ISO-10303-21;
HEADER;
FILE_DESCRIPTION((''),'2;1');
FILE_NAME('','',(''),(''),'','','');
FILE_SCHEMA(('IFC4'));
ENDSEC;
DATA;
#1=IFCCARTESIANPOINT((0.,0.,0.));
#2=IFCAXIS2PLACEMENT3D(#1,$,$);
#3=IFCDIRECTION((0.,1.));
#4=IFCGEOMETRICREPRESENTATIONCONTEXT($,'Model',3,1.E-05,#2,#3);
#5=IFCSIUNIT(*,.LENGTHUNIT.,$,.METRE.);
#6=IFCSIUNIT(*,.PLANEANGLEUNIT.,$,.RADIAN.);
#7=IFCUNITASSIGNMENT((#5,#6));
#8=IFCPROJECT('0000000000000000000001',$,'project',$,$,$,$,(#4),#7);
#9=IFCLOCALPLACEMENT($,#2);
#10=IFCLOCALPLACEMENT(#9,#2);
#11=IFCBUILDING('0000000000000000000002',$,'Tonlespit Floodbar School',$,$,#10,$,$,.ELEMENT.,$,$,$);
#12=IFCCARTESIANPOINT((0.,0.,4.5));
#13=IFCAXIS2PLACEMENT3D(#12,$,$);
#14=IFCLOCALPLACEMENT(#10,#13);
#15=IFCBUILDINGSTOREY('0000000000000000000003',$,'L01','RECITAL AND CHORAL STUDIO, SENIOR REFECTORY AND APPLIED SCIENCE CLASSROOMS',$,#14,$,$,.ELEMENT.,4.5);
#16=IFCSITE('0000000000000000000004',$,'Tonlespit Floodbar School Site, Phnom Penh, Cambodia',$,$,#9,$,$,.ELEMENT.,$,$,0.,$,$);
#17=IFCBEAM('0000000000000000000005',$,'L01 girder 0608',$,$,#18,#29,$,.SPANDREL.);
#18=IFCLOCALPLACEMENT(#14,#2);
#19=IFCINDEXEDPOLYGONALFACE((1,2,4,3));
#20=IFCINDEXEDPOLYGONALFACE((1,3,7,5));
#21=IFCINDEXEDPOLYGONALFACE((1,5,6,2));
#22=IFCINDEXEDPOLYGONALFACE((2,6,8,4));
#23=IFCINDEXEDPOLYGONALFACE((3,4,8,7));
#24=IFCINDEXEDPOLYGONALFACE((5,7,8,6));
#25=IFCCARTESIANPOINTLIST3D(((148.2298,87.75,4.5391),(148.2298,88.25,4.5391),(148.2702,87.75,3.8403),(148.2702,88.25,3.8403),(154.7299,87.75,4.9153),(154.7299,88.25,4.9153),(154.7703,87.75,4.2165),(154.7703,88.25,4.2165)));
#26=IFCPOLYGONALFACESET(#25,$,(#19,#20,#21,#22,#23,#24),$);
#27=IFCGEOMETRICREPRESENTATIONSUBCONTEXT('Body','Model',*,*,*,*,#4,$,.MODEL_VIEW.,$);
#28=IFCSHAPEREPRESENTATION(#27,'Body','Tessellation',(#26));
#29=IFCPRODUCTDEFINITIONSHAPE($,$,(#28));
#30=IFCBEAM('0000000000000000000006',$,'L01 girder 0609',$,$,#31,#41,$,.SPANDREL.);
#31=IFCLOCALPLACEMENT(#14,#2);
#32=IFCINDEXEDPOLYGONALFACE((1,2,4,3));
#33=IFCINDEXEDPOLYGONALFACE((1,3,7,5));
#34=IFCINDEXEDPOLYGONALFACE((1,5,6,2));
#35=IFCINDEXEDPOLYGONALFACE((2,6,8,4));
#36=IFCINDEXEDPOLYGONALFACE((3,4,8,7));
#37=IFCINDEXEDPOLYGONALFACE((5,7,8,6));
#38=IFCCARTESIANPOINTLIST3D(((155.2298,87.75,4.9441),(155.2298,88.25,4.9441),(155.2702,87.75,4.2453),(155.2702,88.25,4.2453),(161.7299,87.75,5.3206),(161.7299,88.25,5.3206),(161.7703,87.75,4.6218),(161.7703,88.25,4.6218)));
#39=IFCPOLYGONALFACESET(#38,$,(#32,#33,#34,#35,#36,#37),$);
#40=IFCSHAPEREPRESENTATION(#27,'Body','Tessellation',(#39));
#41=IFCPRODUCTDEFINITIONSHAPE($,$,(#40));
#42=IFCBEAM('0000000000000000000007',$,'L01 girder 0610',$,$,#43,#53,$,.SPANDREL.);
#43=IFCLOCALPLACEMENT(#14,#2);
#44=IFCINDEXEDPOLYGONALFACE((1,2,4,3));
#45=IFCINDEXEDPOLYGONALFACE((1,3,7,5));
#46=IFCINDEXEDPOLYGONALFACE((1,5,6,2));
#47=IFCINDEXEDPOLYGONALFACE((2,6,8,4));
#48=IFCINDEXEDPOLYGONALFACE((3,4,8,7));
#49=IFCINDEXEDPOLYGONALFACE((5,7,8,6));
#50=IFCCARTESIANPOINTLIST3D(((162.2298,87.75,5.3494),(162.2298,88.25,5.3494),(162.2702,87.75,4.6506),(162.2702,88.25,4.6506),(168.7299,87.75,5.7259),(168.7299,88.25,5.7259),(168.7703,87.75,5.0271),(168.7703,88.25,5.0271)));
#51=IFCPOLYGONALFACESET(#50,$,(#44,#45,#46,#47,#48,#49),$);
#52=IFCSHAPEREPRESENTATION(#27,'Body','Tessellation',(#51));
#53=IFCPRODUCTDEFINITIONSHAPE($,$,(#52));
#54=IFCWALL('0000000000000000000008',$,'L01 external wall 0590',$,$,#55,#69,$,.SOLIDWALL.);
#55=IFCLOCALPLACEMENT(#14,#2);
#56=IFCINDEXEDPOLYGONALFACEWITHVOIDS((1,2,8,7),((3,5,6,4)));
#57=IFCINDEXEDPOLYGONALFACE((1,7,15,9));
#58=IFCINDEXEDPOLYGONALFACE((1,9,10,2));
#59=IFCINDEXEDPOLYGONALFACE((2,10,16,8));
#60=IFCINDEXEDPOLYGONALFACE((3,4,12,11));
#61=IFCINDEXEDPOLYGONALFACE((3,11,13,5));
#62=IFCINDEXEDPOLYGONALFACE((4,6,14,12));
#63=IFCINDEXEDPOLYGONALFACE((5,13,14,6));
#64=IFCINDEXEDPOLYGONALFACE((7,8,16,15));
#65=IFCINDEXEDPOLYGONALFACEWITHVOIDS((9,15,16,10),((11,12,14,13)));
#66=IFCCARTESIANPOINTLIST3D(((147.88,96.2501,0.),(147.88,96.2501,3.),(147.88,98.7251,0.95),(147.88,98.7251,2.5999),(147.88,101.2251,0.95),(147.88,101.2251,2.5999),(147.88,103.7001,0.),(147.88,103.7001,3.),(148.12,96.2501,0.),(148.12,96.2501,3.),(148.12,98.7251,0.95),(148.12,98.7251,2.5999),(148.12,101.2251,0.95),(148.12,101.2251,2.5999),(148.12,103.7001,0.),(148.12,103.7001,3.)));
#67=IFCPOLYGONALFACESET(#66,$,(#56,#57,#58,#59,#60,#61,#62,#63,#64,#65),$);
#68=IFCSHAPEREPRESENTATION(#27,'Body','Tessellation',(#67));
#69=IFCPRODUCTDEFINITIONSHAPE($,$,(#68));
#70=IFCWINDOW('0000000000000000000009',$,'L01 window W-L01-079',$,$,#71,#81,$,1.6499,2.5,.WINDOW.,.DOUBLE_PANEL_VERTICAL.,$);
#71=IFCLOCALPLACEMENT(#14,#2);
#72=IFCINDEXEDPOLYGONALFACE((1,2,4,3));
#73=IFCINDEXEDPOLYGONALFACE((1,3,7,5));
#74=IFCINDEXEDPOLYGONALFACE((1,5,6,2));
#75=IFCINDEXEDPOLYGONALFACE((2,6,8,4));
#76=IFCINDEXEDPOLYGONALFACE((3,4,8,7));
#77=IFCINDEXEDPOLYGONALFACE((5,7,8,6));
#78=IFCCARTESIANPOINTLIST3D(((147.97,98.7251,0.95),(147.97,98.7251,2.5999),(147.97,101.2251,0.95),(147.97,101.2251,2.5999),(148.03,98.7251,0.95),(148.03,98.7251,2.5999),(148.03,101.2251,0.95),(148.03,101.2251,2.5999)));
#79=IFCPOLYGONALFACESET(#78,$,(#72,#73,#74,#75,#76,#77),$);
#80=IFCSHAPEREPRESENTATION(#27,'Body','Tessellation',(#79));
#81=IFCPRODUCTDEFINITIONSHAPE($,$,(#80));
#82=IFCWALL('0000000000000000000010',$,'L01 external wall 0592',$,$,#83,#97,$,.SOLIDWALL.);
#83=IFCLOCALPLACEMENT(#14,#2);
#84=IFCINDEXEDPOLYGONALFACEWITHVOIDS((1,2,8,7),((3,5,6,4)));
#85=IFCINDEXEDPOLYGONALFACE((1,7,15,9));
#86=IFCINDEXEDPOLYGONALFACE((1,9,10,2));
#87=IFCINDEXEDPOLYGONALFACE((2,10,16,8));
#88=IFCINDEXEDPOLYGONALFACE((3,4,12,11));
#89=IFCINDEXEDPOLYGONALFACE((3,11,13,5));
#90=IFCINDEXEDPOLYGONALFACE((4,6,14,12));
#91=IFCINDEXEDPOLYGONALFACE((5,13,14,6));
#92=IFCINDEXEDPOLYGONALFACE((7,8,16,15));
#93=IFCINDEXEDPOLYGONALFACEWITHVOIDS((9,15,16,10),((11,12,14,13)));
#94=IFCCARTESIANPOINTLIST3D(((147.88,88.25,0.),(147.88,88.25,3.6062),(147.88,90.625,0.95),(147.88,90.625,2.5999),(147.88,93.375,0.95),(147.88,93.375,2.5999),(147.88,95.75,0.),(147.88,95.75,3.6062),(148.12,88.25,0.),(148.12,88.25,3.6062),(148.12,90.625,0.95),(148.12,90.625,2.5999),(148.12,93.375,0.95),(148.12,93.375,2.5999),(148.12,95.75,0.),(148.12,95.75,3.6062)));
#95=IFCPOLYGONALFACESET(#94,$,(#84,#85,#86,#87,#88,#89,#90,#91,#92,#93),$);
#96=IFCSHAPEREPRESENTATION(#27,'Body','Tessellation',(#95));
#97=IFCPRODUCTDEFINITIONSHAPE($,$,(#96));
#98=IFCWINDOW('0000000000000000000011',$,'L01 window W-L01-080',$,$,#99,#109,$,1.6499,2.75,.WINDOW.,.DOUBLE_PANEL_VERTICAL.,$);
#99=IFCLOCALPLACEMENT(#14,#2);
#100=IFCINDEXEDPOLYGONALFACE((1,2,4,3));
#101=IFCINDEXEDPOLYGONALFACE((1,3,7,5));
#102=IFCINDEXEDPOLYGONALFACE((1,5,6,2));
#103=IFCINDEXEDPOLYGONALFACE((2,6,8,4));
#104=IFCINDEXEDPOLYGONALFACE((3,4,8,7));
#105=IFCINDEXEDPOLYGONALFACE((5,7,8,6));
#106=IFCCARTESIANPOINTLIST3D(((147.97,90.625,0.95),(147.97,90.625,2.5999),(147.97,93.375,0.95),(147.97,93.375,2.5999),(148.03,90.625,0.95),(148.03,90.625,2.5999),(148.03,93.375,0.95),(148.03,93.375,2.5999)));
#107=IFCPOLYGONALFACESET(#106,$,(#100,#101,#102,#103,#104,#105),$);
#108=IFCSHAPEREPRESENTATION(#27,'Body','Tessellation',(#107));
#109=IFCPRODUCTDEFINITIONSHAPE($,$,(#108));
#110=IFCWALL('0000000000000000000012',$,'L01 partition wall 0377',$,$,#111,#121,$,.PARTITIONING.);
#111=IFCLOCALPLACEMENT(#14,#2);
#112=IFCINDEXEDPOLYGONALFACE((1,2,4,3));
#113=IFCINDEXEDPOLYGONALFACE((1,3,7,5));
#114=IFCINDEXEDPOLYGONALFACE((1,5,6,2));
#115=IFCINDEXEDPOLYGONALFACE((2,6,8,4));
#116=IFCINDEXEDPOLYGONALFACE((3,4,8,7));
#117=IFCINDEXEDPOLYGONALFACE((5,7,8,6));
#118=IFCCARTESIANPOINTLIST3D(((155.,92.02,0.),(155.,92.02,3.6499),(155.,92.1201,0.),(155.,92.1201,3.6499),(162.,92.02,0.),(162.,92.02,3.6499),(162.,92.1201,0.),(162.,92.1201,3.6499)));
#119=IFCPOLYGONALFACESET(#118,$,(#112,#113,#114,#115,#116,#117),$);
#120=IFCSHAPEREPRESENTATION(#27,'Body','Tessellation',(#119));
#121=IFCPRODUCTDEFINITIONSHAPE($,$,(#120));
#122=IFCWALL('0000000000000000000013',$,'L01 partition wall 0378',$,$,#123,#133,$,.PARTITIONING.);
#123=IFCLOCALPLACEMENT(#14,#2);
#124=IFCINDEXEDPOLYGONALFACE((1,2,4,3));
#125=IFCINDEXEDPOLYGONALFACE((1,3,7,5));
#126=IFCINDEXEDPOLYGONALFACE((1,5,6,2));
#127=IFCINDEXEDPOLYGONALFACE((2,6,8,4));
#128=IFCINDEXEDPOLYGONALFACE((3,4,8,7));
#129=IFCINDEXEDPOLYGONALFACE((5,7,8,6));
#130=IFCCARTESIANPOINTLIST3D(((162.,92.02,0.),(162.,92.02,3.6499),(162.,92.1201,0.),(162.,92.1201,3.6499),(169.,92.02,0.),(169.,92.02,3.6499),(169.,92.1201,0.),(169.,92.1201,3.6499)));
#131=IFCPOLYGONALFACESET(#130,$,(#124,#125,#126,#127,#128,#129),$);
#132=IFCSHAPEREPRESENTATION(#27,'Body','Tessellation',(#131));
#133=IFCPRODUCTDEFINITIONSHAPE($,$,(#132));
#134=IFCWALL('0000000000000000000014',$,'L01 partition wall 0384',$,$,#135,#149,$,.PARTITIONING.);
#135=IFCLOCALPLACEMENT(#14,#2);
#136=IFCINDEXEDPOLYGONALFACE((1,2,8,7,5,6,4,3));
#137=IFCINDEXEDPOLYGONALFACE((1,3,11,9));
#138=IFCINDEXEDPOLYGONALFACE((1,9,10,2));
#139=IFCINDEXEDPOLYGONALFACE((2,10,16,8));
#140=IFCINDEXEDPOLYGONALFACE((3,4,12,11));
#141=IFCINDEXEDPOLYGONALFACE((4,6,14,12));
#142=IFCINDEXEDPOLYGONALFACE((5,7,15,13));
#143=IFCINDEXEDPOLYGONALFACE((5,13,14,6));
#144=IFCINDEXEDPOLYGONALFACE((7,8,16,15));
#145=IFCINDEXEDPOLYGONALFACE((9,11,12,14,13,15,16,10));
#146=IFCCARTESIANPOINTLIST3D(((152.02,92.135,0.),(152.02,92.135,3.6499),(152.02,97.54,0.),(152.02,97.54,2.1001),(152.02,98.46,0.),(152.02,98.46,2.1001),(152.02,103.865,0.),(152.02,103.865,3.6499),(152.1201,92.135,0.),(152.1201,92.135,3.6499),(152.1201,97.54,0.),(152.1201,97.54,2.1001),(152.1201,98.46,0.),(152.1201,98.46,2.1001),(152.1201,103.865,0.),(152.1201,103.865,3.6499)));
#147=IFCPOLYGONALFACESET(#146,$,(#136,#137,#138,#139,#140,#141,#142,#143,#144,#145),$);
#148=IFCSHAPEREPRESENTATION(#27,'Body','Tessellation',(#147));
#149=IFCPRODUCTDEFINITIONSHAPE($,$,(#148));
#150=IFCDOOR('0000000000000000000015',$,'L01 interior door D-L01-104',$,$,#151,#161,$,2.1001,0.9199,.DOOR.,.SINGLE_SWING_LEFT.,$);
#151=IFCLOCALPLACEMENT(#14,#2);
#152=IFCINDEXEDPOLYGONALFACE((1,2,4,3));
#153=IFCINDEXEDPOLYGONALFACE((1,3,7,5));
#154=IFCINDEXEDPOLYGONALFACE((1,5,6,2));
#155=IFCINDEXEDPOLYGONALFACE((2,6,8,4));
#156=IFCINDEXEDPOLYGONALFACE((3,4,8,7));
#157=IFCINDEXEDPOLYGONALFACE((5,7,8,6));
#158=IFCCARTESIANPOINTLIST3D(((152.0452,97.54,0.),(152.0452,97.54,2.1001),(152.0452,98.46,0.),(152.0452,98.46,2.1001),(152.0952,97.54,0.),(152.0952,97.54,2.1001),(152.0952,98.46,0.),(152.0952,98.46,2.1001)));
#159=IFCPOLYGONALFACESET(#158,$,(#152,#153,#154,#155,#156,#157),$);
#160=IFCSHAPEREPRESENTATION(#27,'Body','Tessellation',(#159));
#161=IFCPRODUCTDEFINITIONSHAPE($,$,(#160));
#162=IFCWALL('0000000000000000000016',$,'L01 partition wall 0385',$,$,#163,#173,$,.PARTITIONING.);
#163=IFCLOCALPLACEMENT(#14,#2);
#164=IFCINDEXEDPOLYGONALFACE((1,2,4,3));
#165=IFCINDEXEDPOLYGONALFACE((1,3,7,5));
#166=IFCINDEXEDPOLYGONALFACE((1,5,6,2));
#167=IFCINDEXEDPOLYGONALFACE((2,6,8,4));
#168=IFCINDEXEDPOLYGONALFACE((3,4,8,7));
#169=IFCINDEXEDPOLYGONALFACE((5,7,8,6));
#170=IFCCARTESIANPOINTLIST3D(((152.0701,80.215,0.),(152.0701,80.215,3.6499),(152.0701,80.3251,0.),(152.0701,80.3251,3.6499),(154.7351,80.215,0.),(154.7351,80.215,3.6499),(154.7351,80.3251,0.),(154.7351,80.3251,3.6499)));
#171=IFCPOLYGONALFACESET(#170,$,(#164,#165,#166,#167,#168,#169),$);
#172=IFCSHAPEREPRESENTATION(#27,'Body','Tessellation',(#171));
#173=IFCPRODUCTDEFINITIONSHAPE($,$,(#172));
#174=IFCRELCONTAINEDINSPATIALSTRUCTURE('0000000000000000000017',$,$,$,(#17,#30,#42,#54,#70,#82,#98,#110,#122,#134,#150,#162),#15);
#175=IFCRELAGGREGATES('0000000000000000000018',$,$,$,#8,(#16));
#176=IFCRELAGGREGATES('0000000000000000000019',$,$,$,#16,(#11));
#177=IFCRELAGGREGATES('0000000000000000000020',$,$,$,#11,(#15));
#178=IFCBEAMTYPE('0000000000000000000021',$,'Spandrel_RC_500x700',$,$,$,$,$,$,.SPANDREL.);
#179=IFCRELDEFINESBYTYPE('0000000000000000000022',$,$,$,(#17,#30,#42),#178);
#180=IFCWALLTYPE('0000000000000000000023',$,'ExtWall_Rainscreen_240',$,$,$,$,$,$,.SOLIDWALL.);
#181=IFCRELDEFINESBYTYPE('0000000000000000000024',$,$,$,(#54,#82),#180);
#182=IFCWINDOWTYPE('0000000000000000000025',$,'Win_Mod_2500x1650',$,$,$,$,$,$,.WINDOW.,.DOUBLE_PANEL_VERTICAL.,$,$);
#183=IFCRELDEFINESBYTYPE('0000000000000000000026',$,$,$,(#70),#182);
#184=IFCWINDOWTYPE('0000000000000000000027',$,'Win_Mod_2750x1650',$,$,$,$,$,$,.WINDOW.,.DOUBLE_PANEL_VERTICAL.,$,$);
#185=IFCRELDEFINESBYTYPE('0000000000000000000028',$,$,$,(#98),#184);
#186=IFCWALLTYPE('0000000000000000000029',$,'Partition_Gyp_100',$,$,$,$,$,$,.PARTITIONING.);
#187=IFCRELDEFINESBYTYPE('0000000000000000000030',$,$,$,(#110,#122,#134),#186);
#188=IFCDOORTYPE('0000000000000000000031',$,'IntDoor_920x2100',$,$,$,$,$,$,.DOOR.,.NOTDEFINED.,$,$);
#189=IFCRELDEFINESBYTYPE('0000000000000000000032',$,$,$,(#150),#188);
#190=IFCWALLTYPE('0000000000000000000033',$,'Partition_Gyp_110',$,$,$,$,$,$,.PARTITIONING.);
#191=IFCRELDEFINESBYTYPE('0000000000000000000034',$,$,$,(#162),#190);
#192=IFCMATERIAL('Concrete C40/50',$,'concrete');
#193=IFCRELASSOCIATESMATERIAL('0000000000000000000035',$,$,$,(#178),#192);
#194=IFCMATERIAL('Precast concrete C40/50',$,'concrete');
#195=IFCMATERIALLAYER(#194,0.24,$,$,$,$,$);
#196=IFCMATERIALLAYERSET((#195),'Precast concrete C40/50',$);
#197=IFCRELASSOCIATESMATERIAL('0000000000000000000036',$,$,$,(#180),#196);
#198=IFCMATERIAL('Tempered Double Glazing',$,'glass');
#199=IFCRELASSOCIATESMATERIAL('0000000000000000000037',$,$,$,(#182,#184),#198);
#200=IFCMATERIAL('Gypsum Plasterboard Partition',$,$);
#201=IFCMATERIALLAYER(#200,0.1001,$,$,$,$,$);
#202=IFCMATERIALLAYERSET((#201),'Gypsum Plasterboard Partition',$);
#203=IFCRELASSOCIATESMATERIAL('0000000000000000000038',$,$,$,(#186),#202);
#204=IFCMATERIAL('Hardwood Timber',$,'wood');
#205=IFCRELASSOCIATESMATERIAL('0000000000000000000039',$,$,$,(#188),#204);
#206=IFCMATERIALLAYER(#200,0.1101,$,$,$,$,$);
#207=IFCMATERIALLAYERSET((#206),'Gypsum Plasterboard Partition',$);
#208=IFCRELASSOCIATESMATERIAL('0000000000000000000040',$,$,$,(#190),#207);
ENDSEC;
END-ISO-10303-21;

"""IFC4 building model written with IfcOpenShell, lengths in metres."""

from ifc_helpers import new_model, si_unit, direction, frame, frame_2d, origin, origin_2d, place, context, subcontext, project, spatial, rectangle, extrude, material, layer, layer_set, material_profile, profile_set, type_object, element, fill, save


model = new_model("IFC4")

# Units and contexts
model_context = context("Model", 3, precision=1e-05, world=origin(), true_north=direction((0.0, 1.0)))
body_context = subcontext(model_context, "Body", "Model", "MODEL_VIEW")
ifc_project = project(units=[si_unit("LENGTHUNIT", "METRE"), si_unit("PLANEANGLEUNIT", "RADIAN")], contexts=[model_context])

# Site, building, storey
site_placement = place(None, origin())
site = spatial("IfcSite", under=ifc_project, at=site_placement, Name="Tonlespit Floodbar School Site, Phnom Penh, Cambodia", CompositionType="ELEMENT", RefElevation=0.0)
building_placement = place(site_placement, origin())
building = spatial("IfcBuilding", under=site, at=building_placement, Name="Tonlespit Floodbar School", CompositionType="ELEMENT")
storey_placement = place(building_placement, frame((0.0, 0.0, 4.5)))
storey = spatial("IfcBuildingStorey", under=building, at=storey_placement, Name="L01", Description="RECITAL AND CHORAL STUDIO, SENIOR REFECTORY AND APPLIED SCIENCE CLASSROOMS", CompositionType="ELEMENT", Elevation=4.5)

# Shared definitions
ifc_material_1 = material(Name="Concrete C40/50", Category="concrete")

# Beams
ifc_material_profile_1 = material_profile(ifc_material_1, rectangle(XDim=0.5, YDim=0.7, at=origin_2d()), Name="RC 500x700")
ifc_profile_set_1 = profile_set([ifc_material_profile_1], Name="Concrete C40/50")
beam_type_1 = type_object("IfcBeamType", Name="Spandrel_RC_500x700", PredefinedType="SPANDREL", material=ifc_profile_set_1)
for number, where, z_axis, x_axis, name in (
    (1, (148.25, 88.0, 4.1897), (0.998329, 0.0, 0.057783), (0.0, 1.0, 0.0), "L01 girder 0608"),
    (2, (155.25, 88.0, 4.5947), (0.998327, 0.0, 0.057821), (0.0, 1.0, 0.0), "L01 girder 0609"),
    (3, (162.25, 88.0, 5.0), (0.998327, 0.0, 0.057821), (0.0, 1.0, 0.0), "L01 girder 0610"),
):
    element("IfcBeam", number, at=place(storey_placement, frame(where, z_axis=z_axis, x_axis=x_axis)), inside=storey, type_object=beam_type_1, Name=name, PredefinedType="SPANDREL", context=body_context, shape_type="SweptSolid", body=[
        extrude(rectangle(XDim=0.5, YDim=0.7, at=origin_2d()), origin(), (0.0, 0.0, 1.0), 6.511),
    ])

# Walls, openings, windows
ifc_material_2 = material(Name="Precast concrete C40/50", Category="concrete")
ifc_layer_1 = layer(ifc_material_2, 0.24)
ifc_layer_set_1 = layer_set([ifc_layer_1], Name="Precast concrete C40/50")
wall_type_1 = type_object("IfcWallType", Name="ExtWall_Rainscreen_240", PredefinedType="SOLIDWALL", material=ifc_layer_set_1)
wall_1_placement = place(storey_placement, frame((148.0, 96.25, 0.0), z_axis=(0.0, 0.0, 1.0), x_axis=(0.0, 1.0, 0.0)))
wall_1 = element("IfcWall", 4, at=wall_1_placement, inside=storey, type_object=wall_type_1, Name="L01 external wall 0590", PredefinedType="SOLIDWALL", context=body_context, shape_type="SweptSolid", body=[
    extrude(rectangle(XDim=7.45, YDim=0.24, at=frame_2d((3.7251, 0.0))), origin(), (0.0, 0.0, 1.0), 3.0),
])
opening_1_placement = place(wall_1_placement, frame((2.4751, 0.0, 0.95)))
opening_1 = element("IfcOpeningElement", 5, at=opening_1_placement, cuts=wall_1, PredefinedType="OPENING", context=body_context, shape_type="SweptSolid", body=[
    extrude(rectangle(XDim=2.5, YDim=1.6499, at=frame_2d((1.25, 0.825))), frame((0.0, 0.1299, 0.0), z_axis=(0.0, -1.0, 0.0), x_axis=(1.0, 0.0, 0.0)), (0.0, 0.0, 1.0), 0.26),
])
ifc_material_3 = material(Name="Tempered Double Glazing", Category="glass")
window_type_1 = type_object("IfcWindowType", Name="Win_Mod_2500x1650", PartitioningType="DOUBLE_PANEL_VERTICAL", PredefinedType="WINDOW", material=ifc_material_3)
window_1_placement = place(opening_1_placement, origin())
window_1 = element("IfcWindow", 6, at=window_1_placement, inside=storey, type_object=window_type_1, Name="L01 window W-L01-079", OverallHeight=1.6499, OverallWidth=2.5, PartitioningType="DOUBLE_PANEL_VERTICAL", PredefinedType="WINDOW", context=body_context, shape_type="SweptSolid", body=[
    extrude(rectangle(XDim=2.5, YDim=1.6499, at=frame_2d((1.25, 0.825))), frame((0.0, 0.03, 0.0), z_axis=(0.0, -1.0, 0.0), x_axis=(1.0, 0.0, 0.0)), (0.0, 0.0, 1.0), 0.0601),
])
fill(opening_1, window_1)
wall_2_placement = place(storey_placement, frame((148.0, 88.25, 0.0), z_axis=(0.0, 0.0, 1.0), x_axis=(0.0, 1.0, 0.0)))
wall_2 = element("IfcWall", 7, at=wall_2_placement, inside=storey, type_object=wall_type_1, Name="L01 external wall 0592", PredefinedType="SOLIDWALL", context=body_context, shape_type="SweptSolid", body=[
    extrude(rectangle(XDim=7.5, YDim=0.24, at=frame_2d((3.75, 0.0))), origin(), (0.0, 0.0, 1.0), 3.6062),
])
opening_2_placement = place(wall_2_placement, frame((2.375, 0.0, 0.95)))
opening_2 = element("IfcOpeningElement", 8, at=opening_2_placement, cuts=wall_2, PredefinedType="OPENING", context=body_context, shape_type="SweptSolid", body=[
    extrude(rectangle(XDim=2.75, YDim=1.6499, at=frame_2d((1.375, 0.825))), frame((0.0, 0.1299, 0.0), z_axis=(0.0, -1.0, 0.0), x_axis=(1.0, 0.0, 0.0)), (0.0, 0.0, 1.0), 0.26),
])
window_type_2 = type_object("IfcWindowType", Name="Win_Mod_2750x1650", PartitioningType="DOUBLE_PANEL_VERTICAL", PredefinedType="WINDOW", material=ifc_material_3)
window_2_placement = place(opening_2_placement, origin())
window_2 = element("IfcWindow", 9, at=window_2_placement, inside=storey, type_object=window_type_2, Name="L01 window W-L01-080", OverallHeight=1.6499, OverallWidth=2.75, PartitioningType="DOUBLE_PANEL_VERTICAL", PredefinedType="WINDOW", context=body_context, shape_type="SweptSolid", body=[
    extrude(rectangle(XDim=2.75, YDim=1.6499, at=frame_2d((1.375, 0.825))), frame((0.0, 0.03, 0.0), z_axis=(0.0, -1.0, 0.0), x_axis=(1.0, 0.0, 0.0)), (0.0, 0.0, 1.0), 0.0601),
])
fill(opening_2, window_2)

# Walls
ifc_material_4 = material(Name="Gypsum Plasterboard Partition")
ifc_layer_2 = layer(ifc_material_4, 0.1001)
ifc_layer_set_2 = layer_set([ifc_layer_2], Name="Gypsum Plasterboard Partition")
wall_type_2 = type_object("IfcWallType", Name="Partition_Gyp_100", PredefinedType="PARTITIONING", material=ifc_layer_set_2)
for number, where, z_axis, x_axis, name in (
    (10, (155.0, 92.0701, 0.0), (0.0, 0.0, 1.0), (1.0, 0.0, 0.0), "L01 partition wall 0377"),
    (11, (162.0, 92.0701, 0.0), (0.0, 0.0, 1.0), (1.0, 0.0, 0.0), "L01 partition wall 0378"),
):
    element("IfcWall", number, at=place(storey_placement, frame(where, z_axis=z_axis, x_axis=x_axis)), inside=storey, type_object=wall_type_2, Name=name, PredefinedType="PARTITIONING", context=body_context, shape_type="SweptSolid", body=[
        extrude(rectangle(XDim=7.0, YDim=0.1001, at=frame_2d((3.5, 0.0))), origin(), (0.0, 0.0, 1.0), 3.6499),
    ])

# Wall, opening, door
wall_3_placement = place(storey_placement, frame((152.0701, 92.135, 0.0), z_axis=(0.0, 0.0, 1.0), x_axis=(0.0, 1.0, 0.0)))
wall_3 = element("IfcWall", 12, at=wall_3_placement, inside=storey, type_object=wall_type_2, Name="L01 partition wall 0384", PredefinedType="PARTITIONING", context=body_context, shape_type="SweptSolid", body=[
    extrude(rectangle(XDim=11.73, YDim=0.1001, at=frame_2d((5.865, 0.0))), origin(), (0.0, 0.0, 1.0), 3.6499),
])
opening_3_placement = place(wall_3_placement, frame((5.405, 0.0, 0.0)))
opening_3 = element("IfcOpeningElement", 13, at=opening_3_placement, cuts=wall_3, PredefinedType="OPENING", context=body_context, shape_type="SweptSolid", body=[
    extrude(rectangle(XDim=0.9199, YDim=2.1001, at=frame_2d((0.46, 1.05))), frame((0.0, 0.0601, 0.0), z_axis=(0.0, -1.0, 0.0), x_axis=(1.0, 0.0, 0.0)), (0.0, 0.0, 1.0), 0.1201),
])
ifc_material_5 = material(Name="Hardwood Timber", Category="wood")
door_type_1 = type_object("IfcDoorType", Name="IntDoor_920x2100", OperationType="NOTDEFINED", PredefinedType="DOOR", material=ifc_material_5)
door_1_placement = place(opening_3_placement, origin())
door_1 = element("IfcDoor", 14, at=door_1_placement, inside=storey, type_object=door_type_1, Name="L01 interior door D-L01-104", OperationType="SINGLE_SWING_LEFT", OverallHeight=2.1001, OverallWidth=0.9199, PredefinedType="DOOR", context=body_context, shape_type="SweptSolid", body=[
    extrude(rectangle(XDim=0.9199, YDim=2.1001, at=frame_2d((0.46, 1.05))), frame((0.0, 0.0249, 0.0), z_axis=(0.0, -1.0, 0.0), x_axis=(1.0, 0.0, 0.0)), (0.0, 0.0, 1.0), 0.05),
])
fill(opening_3, door_1)

# Wall
ifc_layer_3 = layer(ifc_material_4, 0.1101)
ifc_layer_set_3 = layer_set([ifc_layer_3], Name="Gypsum Plasterboard Partition")
wall_type_3 = type_object("IfcWallType", Name="Partition_Gyp_110", PredefinedType="PARTITIONING", material=ifc_layer_set_3)
wall_4_placement = place(storey_placement, frame((152.0701, 80.27, 0.0), z_axis=(0.0, 0.0, 1.0), x_axis=(1.0, 0.0, 0.0)))
element("IfcWall", 15, at=wall_4_placement, inside=storey, type_object=wall_type_3, Name="L01 partition wall 0385", PredefinedType="PARTITIONING", context=body_context, shape_type="SweptSolid", body=[
    extrude(rectangle(XDim=2.665, YDim=0.1101, at=frame_2d((1.3325, 0.0))), origin(), (0.0, 0.0, 1.0), 3.6499),
])

save(model, "model.ifc")
